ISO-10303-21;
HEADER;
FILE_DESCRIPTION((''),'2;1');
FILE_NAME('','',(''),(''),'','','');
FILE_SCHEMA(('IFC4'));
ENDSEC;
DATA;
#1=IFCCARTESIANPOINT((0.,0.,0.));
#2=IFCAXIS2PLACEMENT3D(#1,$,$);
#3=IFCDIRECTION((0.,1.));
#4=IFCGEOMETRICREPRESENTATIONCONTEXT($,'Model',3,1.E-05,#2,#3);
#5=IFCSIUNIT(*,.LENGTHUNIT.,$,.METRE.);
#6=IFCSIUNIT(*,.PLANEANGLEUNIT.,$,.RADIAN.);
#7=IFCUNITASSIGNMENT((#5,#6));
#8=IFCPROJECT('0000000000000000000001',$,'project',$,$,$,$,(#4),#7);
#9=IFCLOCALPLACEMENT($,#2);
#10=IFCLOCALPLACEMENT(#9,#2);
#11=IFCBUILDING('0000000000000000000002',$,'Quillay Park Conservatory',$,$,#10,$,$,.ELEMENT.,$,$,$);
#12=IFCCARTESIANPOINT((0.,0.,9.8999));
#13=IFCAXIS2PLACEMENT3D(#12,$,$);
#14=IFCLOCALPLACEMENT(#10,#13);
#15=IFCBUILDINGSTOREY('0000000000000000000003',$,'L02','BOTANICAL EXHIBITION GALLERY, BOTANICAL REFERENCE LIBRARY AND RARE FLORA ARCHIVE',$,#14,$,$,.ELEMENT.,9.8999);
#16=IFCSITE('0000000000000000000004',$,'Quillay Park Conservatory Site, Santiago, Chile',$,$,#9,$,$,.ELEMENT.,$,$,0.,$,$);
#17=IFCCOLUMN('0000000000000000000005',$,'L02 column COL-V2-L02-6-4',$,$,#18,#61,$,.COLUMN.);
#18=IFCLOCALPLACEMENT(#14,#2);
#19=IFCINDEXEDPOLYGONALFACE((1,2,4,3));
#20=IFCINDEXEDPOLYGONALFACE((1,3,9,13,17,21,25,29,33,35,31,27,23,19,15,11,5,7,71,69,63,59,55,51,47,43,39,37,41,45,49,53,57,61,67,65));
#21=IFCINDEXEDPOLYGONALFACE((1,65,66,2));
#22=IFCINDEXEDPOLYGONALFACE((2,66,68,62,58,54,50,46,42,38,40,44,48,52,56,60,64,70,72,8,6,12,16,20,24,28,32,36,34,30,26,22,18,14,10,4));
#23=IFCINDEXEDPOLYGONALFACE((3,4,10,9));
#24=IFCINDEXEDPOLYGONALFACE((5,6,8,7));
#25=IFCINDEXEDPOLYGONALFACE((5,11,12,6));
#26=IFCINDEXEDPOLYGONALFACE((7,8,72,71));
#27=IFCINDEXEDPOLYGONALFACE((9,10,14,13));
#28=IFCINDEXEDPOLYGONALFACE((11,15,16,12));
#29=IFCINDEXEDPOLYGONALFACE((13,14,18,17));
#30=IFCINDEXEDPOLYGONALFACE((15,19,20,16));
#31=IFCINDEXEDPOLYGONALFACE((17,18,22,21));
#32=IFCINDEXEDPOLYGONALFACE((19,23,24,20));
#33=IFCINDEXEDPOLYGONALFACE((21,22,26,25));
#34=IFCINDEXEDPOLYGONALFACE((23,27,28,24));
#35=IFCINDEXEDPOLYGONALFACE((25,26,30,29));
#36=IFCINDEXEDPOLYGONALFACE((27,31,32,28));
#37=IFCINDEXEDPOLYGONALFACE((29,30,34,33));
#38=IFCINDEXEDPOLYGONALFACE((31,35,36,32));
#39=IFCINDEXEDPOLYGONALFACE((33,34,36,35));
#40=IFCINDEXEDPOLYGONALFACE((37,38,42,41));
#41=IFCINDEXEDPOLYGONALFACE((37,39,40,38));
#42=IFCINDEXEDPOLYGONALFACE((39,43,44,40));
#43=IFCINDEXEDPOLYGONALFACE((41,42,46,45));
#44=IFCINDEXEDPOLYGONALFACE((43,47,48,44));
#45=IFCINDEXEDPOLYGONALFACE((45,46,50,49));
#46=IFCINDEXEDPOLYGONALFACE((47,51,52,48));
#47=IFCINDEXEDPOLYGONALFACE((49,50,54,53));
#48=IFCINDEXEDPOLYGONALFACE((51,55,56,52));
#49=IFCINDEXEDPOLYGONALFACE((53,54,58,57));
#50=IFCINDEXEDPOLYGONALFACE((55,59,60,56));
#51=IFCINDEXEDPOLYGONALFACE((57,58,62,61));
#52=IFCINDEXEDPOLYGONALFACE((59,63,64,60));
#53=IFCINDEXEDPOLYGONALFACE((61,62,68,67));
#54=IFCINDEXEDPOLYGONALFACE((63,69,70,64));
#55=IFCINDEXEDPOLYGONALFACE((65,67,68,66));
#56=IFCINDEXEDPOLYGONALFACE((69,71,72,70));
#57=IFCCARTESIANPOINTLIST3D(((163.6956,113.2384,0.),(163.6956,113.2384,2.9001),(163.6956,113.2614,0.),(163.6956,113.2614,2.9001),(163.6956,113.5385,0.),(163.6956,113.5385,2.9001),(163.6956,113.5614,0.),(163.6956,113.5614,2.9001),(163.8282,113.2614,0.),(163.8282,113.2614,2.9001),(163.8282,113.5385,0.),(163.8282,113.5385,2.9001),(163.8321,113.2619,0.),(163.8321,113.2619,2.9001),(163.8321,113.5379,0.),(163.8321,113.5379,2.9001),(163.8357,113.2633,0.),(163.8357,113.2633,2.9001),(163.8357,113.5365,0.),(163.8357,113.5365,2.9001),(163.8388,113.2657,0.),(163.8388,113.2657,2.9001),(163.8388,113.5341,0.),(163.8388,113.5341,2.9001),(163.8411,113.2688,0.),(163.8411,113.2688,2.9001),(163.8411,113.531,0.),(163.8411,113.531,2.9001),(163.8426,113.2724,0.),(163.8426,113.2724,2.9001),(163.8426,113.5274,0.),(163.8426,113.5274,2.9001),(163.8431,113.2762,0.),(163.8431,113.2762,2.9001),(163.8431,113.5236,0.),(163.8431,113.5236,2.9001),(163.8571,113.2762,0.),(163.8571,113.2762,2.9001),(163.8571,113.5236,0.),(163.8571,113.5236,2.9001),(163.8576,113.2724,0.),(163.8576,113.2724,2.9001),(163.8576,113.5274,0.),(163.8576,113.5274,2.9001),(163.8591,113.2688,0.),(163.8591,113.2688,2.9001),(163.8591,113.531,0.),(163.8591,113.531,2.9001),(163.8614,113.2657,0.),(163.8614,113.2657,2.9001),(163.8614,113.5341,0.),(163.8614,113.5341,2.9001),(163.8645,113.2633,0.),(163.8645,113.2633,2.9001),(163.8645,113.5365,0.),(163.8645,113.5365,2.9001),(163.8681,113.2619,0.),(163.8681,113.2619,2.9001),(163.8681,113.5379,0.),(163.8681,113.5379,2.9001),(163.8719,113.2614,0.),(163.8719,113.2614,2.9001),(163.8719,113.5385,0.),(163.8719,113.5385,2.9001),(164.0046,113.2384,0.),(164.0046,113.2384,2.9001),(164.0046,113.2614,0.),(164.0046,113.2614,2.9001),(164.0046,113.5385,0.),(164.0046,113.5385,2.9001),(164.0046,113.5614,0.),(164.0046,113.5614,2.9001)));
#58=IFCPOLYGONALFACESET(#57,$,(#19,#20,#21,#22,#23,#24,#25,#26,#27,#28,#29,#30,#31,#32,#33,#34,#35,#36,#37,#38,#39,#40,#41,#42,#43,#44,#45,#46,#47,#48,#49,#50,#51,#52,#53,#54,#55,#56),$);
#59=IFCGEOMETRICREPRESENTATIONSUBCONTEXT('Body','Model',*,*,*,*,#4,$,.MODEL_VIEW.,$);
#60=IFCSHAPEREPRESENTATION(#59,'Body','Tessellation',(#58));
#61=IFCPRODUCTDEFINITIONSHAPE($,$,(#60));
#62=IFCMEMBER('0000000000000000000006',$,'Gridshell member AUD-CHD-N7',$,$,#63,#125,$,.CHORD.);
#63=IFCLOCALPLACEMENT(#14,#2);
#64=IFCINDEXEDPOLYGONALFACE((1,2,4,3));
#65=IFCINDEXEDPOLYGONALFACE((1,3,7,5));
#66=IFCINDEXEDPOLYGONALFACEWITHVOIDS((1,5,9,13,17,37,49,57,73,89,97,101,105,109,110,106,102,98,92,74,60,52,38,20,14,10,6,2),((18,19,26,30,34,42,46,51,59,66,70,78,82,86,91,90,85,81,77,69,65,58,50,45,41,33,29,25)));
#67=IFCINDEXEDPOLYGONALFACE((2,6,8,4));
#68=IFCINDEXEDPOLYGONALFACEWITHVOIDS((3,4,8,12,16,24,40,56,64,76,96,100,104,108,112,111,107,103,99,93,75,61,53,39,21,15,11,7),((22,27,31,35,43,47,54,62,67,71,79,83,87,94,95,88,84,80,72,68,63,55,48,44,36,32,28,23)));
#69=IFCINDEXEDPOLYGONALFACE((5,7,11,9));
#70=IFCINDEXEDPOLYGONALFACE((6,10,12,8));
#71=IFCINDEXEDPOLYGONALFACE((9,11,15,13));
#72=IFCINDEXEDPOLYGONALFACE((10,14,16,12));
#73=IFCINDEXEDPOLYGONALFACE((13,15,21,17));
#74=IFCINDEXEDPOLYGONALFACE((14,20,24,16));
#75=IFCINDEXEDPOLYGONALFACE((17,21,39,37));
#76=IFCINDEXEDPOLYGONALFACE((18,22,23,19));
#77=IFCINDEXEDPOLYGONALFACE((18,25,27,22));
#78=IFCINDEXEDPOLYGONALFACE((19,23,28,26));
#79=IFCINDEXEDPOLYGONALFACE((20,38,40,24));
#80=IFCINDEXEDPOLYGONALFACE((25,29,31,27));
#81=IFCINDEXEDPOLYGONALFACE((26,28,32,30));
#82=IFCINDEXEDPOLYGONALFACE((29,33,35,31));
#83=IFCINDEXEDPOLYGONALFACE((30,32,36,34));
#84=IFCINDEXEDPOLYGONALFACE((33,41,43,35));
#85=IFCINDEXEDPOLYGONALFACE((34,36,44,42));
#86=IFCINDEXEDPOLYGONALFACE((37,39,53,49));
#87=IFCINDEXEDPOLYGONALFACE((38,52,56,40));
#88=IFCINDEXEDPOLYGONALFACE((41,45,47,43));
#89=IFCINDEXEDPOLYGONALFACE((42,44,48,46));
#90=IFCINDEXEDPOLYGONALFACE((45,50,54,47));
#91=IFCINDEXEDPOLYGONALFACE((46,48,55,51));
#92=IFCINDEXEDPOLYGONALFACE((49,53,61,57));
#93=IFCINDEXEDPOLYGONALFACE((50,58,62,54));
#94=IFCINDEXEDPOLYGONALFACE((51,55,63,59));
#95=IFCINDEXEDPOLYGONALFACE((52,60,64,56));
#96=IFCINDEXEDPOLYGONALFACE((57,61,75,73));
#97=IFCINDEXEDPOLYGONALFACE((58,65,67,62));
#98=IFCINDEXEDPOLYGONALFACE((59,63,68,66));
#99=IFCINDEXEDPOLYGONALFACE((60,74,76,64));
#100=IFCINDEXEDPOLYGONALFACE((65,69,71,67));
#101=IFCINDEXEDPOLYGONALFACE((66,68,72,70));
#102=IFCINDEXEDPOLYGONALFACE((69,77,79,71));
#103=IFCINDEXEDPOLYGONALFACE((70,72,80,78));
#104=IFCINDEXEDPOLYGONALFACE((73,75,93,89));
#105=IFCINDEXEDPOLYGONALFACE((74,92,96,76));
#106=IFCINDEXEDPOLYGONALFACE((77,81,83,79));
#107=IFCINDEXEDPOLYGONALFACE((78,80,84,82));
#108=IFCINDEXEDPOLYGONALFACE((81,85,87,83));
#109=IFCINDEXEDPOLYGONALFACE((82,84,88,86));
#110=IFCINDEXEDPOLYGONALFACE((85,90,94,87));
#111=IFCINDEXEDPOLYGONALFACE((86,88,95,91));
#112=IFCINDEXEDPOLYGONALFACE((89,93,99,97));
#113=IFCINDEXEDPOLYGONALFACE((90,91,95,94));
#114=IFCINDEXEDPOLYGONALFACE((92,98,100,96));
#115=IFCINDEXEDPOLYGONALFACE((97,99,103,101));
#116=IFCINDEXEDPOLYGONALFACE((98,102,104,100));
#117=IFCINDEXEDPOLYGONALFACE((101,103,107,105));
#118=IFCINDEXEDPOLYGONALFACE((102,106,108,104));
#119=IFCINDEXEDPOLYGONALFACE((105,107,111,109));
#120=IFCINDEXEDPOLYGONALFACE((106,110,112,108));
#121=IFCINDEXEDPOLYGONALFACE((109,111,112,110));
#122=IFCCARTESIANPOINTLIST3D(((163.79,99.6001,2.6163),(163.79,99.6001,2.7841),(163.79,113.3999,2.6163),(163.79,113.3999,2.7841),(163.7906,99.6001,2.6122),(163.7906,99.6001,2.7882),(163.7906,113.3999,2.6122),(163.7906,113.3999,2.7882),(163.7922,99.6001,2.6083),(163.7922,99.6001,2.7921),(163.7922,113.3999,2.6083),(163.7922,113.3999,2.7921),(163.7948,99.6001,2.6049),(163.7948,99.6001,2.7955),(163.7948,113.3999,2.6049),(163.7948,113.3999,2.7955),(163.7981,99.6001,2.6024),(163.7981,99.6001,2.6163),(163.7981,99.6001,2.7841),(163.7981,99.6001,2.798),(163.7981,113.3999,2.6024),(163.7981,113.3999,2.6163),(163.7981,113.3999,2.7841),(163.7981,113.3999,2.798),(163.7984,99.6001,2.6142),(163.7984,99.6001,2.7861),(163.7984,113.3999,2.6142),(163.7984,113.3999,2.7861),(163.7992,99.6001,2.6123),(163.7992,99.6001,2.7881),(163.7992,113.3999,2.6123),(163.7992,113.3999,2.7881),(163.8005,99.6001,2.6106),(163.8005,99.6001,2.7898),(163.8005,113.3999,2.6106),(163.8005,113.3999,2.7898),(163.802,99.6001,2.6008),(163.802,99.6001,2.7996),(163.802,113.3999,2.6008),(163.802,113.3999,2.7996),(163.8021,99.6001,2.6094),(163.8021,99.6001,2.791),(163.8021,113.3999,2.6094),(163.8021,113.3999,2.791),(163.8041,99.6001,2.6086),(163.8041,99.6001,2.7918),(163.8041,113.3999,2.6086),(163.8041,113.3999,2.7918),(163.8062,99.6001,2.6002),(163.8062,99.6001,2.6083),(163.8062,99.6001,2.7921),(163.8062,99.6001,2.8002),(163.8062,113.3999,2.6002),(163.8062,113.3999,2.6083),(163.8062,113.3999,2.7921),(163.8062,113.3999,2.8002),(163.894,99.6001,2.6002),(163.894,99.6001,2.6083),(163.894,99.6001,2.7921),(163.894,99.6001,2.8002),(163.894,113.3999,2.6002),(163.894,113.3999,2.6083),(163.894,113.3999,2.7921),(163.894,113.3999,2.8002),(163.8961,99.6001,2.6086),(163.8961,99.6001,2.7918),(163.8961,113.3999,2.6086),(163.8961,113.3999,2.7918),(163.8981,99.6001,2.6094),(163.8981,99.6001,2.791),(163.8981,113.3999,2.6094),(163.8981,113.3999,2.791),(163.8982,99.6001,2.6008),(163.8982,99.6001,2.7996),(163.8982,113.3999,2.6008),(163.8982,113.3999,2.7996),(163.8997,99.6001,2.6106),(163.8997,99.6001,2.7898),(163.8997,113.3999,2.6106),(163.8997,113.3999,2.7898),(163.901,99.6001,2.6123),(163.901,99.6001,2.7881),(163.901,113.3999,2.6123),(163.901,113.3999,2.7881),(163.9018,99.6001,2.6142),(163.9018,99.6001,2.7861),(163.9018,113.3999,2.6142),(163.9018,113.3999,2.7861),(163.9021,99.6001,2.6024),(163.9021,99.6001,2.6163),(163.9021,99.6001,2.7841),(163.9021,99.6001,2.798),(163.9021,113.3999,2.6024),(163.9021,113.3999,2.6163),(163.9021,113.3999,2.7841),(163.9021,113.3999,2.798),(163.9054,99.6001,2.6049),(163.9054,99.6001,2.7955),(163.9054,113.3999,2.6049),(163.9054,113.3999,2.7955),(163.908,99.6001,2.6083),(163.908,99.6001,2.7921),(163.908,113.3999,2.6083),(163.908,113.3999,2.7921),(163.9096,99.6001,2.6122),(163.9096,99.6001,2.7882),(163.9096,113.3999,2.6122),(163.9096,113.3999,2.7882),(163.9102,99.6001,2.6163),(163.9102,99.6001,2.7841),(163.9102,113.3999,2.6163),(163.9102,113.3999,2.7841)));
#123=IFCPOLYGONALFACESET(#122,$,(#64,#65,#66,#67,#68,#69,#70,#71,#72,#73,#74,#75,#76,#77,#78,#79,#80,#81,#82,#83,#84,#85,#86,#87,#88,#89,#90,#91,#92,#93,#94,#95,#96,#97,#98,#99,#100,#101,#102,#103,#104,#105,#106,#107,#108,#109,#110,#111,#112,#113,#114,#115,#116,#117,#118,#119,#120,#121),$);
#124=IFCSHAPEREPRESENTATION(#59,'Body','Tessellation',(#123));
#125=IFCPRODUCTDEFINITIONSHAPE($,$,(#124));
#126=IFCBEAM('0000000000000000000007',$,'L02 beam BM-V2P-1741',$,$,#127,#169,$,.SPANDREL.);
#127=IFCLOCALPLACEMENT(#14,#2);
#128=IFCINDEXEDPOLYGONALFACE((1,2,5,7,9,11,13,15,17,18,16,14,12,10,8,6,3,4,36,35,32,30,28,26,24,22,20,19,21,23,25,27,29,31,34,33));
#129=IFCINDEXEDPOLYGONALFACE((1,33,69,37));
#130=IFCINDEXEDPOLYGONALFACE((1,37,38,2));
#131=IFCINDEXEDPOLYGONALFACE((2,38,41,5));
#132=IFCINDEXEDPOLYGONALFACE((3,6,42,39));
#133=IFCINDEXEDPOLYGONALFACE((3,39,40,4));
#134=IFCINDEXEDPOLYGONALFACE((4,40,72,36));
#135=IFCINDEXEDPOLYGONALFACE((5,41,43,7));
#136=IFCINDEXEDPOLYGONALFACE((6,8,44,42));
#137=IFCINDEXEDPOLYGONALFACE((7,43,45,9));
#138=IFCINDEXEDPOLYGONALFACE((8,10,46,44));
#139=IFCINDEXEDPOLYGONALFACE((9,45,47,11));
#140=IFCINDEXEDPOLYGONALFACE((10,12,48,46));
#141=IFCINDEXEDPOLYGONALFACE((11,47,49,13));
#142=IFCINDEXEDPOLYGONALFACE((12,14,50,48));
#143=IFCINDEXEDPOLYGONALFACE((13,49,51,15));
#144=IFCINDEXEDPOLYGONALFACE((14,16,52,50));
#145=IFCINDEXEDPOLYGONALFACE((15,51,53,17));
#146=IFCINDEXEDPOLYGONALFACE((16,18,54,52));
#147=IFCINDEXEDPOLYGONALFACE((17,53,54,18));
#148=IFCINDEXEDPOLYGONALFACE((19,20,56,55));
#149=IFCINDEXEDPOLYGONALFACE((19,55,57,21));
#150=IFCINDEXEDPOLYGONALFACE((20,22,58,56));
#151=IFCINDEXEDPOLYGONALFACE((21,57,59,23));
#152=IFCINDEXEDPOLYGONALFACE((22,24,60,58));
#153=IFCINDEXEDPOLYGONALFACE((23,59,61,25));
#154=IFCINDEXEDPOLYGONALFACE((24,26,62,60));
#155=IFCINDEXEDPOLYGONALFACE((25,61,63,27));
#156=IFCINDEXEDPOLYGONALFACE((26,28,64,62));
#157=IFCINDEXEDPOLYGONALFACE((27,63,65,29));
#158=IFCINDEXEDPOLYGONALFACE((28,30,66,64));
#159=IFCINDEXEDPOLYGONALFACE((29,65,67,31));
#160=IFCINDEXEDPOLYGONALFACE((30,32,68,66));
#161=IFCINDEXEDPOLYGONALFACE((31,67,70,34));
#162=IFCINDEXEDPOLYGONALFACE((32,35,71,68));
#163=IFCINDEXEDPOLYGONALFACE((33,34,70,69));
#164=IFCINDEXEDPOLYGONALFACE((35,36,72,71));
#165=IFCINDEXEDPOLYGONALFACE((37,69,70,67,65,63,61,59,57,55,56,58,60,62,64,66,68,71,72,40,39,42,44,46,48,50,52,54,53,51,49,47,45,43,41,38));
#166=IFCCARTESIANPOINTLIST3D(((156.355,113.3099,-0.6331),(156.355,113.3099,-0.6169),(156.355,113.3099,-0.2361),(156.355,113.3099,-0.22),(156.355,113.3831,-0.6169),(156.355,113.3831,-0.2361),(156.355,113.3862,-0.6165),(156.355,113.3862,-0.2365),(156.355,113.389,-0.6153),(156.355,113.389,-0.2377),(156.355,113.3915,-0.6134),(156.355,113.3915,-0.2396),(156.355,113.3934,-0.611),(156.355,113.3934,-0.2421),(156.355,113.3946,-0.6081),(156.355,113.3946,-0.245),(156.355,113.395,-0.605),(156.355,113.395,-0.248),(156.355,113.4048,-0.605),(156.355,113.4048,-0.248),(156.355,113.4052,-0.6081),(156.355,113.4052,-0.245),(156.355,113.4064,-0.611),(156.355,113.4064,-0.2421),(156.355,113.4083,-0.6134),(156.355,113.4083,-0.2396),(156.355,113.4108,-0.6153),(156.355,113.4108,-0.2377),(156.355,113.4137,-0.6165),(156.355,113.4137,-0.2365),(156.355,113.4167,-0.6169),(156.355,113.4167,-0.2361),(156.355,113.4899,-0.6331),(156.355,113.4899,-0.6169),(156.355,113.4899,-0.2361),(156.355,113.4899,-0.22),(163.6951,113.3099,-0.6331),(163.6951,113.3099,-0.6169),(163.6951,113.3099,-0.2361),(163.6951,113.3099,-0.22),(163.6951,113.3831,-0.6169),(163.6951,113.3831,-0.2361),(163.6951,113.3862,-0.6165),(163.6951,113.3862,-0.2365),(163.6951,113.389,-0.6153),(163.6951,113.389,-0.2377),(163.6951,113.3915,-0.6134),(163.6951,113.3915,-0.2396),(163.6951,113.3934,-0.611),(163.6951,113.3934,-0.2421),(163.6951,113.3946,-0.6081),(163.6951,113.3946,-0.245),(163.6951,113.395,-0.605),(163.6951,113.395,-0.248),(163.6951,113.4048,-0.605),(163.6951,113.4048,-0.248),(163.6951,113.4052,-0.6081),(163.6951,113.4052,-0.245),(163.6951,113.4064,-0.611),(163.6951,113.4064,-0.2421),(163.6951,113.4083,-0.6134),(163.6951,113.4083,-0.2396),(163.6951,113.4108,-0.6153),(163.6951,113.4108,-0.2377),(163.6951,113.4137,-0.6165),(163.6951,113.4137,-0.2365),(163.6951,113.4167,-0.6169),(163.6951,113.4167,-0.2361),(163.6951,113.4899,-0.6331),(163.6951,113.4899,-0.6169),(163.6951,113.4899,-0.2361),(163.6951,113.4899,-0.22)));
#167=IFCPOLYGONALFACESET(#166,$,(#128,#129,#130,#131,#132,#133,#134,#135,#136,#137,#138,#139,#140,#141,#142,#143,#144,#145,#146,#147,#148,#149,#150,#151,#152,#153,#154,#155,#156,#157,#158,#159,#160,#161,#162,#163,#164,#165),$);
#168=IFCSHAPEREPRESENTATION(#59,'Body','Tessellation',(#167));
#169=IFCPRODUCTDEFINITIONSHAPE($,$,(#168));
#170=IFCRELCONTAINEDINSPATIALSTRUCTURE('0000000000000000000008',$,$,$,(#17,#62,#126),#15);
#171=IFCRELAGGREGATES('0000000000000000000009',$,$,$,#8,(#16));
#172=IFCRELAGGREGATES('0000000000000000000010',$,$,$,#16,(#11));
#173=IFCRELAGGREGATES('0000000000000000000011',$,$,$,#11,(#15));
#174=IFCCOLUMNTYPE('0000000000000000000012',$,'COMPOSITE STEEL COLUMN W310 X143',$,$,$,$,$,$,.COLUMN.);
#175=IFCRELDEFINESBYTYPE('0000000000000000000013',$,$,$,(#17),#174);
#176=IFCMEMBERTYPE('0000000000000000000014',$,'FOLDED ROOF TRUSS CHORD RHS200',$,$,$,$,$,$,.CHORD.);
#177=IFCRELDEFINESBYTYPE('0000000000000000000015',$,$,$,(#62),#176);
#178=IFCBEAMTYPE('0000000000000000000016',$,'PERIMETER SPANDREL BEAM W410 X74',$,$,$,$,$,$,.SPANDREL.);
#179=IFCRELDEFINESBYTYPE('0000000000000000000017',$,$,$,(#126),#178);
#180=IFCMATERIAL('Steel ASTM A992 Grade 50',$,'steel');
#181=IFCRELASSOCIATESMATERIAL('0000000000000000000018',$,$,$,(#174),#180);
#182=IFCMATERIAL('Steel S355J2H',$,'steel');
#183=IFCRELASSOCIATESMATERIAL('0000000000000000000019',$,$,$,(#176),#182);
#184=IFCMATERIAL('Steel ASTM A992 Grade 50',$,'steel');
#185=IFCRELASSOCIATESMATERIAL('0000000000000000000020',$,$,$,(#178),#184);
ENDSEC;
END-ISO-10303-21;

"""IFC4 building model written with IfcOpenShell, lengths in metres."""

from ifc_helpers import new_model, si_unit, direction, frame, origin, origin_2d, place, context, subcontext, project, spatial, hollow_rectangle, i_section, extrude, material, material_profile, profile_set, type_object, element, save


model = new_model("IFC4")

# Units and contexts
model_context = context("Model", 3, precision=1e-05, world=origin(), true_north=direction((0.0, 1.0)))
body_context = subcontext(model_context, "Body", "Model", "MODEL_VIEW")
ifc_project = project(units=[si_unit("LENGTHUNIT", "METRE"), si_unit("PLANEANGLEUNIT", "RADIAN")], contexts=[model_context])

# Site, building, storey
site_placement = place(None, origin())
site = spatial("IfcSite", under=ifc_project, at=site_placement, Name="Quillay Park Conservatory Site, Santiago, Chile", CompositionType="ELEMENT", RefElevation=0.0)
building_placement = place(site_placement, origin())
building = spatial("IfcBuilding", under=site, at=building_placement, Name="Quillay Park Conservatory", CompositionType="ELEMENT")
storey_placement = place(building_placement, frame((0.0, 0.0, 9.8999)))
storey = spatial("IfcBuildingStorey", under=building, at=storey_placement, Name="L02", Description="BOTANICAL EXHIBITION GALLERY, BOTANICAL REFERENCE LIBRARY AND RARE FLORA ARCHIVE", CompositionType="ELEMENT", Elevation=9.8999)

# Column
ifc_material_1 = material(Name="Steel ASTM A992 Grade 50", Category="steel")
ifc_material_profile_1 = material_profile(ifc_material_1, i_section(OverallWidth=0.3091, OverallDepth=0.323, WebThickness=0.0139, FlangeThickness=0.0229, FilletRadius=0.0149, at=origin_2d()), Name="W310x143")
ifc_profile_set_1 = profile_set([ifc_material_profile_1], Name="Steel ASTM A992 Grade 50")
column_type = type_object("IfcColumnType", Name="COMPOSITE STEEL COLUMN W310 X143", PredefinedType="COLUMN", material=ifc_profile_set_1)
for number, where, z_axis, x_axis, name in (
    (1, (163.8501, 113.3999, 0.0), (0.0, 0.0, 1.0), (1.0, 0.0, 0.0), "L02 column COL-V2-L02-6-4"),
):
    element("IfcColumn", number, at=place(storey_placement, frame(where, z_axis=z_axis, x_axis=x_axis)), inside=storey, type_object=column_type, Name=name, PredefinedType="COLUMN", context=body_context, shape_type="SweptSolid", body=[
        extrude(i_section(OverallWidth=0.3091, OverallDepth=0.323, WebThickness=0.0139, FlangeThickness=0.0229, FilletRadius=0.0149, at=origin_2d()), origin(), (0.0, 0.0, 1.0), 2.9001),
    ])

# Member
ifc_material_2 = material(Name="Steel S355J2H", Category="steel")
ifc_material_profile_2 = material_profile(ifc_material_2, hollow_rectangle(XDim=0.1201, YDim=0.2, WallThickness=0.0081, InnerFilletRadius=0.0081, OuterFilletRadius=0.0161, at=origin_2d()), Name="RHS200x120x8")
ifc_profile_set_2 = profile_set([ifc_material_profile_2], Name="Steel S355J2H")
member_type = type_object("IfcMemberType", Name="FOLDED ROOF TRUSS CHORD RHS200", PredefinedType="CHORD", material=ifc_profile_set_2)
member_placement = place(storey_placement, frame((163.8501, 99.6001, 2.7002), z_axis=(0.0, 1.0, 0.0), x_axis=(-1.0, 0.0, 0.0)))
element("IfcMember", 2, at=member_placement, inside=storey, type_object=member_type, Name="Gridshell member AUD-CHD-N7", PredefinedType="CHORD", context=body_context, shape_type="SweptSolid", body=[
    extrude(hollow_rectangle(XDim=0.1201, YDim=0.2, WallThickness=0.0081, InnerFilletRadius=0.0081, OuterFilletRadius=0.0161, at=origin_2d()), origin(), (0.0, 0.0, 1.0), 13.7998),
])

# Beam
ifc_material_3 = material(Name="Steel ASTM A992 Grade 50", Category="steel")
ifc_material_profile_3 = material_profile(ifc_material_3, i_section(OverallWidth=0.1799, OverallDepth=0.4131, WebThickness=0.0098, FlangeThickness=0.0161, FilletRadius=0.012, at=origin_2d()), Name="W410x74")
ifc_profile_set_3 = profile_set([ifc_material_profile_3], Name="Steel ASTM A992 Grade 50")
beam_type_1 = type_object("IfcBeamType", Name="PERIMETER SPANDREL BEAM W410 X74", PredefinedType="SPANDREL", material=ifc_profile_set_3)
beam_1_placement = place(storey_placement, frame((156.355, 113.3999, -0.4265), z_axis=(1.0, 0.0, 0.0), x_axis=(0.0, 1.0, 0.0)))
element("IfcBeam", 3, at=beam_1_placement, inside=storey, type_object=beam_type_1, Name="L02 beam BM-V2P-1741", PredefinedType="SPANDREL", context=body_context, shape_type="SweptSolid", body=[
    extrude(i_section(OverallWidth=0.1799, OverallDepth=0.4131, WebThickness=0.0098, FlangeThickness=0.0161, FilletRadius=0.012, at=origin_2d()), origin(), (0.0, 0.0, 1.0), 7.3401),
])

save(model, "model.ifc")
